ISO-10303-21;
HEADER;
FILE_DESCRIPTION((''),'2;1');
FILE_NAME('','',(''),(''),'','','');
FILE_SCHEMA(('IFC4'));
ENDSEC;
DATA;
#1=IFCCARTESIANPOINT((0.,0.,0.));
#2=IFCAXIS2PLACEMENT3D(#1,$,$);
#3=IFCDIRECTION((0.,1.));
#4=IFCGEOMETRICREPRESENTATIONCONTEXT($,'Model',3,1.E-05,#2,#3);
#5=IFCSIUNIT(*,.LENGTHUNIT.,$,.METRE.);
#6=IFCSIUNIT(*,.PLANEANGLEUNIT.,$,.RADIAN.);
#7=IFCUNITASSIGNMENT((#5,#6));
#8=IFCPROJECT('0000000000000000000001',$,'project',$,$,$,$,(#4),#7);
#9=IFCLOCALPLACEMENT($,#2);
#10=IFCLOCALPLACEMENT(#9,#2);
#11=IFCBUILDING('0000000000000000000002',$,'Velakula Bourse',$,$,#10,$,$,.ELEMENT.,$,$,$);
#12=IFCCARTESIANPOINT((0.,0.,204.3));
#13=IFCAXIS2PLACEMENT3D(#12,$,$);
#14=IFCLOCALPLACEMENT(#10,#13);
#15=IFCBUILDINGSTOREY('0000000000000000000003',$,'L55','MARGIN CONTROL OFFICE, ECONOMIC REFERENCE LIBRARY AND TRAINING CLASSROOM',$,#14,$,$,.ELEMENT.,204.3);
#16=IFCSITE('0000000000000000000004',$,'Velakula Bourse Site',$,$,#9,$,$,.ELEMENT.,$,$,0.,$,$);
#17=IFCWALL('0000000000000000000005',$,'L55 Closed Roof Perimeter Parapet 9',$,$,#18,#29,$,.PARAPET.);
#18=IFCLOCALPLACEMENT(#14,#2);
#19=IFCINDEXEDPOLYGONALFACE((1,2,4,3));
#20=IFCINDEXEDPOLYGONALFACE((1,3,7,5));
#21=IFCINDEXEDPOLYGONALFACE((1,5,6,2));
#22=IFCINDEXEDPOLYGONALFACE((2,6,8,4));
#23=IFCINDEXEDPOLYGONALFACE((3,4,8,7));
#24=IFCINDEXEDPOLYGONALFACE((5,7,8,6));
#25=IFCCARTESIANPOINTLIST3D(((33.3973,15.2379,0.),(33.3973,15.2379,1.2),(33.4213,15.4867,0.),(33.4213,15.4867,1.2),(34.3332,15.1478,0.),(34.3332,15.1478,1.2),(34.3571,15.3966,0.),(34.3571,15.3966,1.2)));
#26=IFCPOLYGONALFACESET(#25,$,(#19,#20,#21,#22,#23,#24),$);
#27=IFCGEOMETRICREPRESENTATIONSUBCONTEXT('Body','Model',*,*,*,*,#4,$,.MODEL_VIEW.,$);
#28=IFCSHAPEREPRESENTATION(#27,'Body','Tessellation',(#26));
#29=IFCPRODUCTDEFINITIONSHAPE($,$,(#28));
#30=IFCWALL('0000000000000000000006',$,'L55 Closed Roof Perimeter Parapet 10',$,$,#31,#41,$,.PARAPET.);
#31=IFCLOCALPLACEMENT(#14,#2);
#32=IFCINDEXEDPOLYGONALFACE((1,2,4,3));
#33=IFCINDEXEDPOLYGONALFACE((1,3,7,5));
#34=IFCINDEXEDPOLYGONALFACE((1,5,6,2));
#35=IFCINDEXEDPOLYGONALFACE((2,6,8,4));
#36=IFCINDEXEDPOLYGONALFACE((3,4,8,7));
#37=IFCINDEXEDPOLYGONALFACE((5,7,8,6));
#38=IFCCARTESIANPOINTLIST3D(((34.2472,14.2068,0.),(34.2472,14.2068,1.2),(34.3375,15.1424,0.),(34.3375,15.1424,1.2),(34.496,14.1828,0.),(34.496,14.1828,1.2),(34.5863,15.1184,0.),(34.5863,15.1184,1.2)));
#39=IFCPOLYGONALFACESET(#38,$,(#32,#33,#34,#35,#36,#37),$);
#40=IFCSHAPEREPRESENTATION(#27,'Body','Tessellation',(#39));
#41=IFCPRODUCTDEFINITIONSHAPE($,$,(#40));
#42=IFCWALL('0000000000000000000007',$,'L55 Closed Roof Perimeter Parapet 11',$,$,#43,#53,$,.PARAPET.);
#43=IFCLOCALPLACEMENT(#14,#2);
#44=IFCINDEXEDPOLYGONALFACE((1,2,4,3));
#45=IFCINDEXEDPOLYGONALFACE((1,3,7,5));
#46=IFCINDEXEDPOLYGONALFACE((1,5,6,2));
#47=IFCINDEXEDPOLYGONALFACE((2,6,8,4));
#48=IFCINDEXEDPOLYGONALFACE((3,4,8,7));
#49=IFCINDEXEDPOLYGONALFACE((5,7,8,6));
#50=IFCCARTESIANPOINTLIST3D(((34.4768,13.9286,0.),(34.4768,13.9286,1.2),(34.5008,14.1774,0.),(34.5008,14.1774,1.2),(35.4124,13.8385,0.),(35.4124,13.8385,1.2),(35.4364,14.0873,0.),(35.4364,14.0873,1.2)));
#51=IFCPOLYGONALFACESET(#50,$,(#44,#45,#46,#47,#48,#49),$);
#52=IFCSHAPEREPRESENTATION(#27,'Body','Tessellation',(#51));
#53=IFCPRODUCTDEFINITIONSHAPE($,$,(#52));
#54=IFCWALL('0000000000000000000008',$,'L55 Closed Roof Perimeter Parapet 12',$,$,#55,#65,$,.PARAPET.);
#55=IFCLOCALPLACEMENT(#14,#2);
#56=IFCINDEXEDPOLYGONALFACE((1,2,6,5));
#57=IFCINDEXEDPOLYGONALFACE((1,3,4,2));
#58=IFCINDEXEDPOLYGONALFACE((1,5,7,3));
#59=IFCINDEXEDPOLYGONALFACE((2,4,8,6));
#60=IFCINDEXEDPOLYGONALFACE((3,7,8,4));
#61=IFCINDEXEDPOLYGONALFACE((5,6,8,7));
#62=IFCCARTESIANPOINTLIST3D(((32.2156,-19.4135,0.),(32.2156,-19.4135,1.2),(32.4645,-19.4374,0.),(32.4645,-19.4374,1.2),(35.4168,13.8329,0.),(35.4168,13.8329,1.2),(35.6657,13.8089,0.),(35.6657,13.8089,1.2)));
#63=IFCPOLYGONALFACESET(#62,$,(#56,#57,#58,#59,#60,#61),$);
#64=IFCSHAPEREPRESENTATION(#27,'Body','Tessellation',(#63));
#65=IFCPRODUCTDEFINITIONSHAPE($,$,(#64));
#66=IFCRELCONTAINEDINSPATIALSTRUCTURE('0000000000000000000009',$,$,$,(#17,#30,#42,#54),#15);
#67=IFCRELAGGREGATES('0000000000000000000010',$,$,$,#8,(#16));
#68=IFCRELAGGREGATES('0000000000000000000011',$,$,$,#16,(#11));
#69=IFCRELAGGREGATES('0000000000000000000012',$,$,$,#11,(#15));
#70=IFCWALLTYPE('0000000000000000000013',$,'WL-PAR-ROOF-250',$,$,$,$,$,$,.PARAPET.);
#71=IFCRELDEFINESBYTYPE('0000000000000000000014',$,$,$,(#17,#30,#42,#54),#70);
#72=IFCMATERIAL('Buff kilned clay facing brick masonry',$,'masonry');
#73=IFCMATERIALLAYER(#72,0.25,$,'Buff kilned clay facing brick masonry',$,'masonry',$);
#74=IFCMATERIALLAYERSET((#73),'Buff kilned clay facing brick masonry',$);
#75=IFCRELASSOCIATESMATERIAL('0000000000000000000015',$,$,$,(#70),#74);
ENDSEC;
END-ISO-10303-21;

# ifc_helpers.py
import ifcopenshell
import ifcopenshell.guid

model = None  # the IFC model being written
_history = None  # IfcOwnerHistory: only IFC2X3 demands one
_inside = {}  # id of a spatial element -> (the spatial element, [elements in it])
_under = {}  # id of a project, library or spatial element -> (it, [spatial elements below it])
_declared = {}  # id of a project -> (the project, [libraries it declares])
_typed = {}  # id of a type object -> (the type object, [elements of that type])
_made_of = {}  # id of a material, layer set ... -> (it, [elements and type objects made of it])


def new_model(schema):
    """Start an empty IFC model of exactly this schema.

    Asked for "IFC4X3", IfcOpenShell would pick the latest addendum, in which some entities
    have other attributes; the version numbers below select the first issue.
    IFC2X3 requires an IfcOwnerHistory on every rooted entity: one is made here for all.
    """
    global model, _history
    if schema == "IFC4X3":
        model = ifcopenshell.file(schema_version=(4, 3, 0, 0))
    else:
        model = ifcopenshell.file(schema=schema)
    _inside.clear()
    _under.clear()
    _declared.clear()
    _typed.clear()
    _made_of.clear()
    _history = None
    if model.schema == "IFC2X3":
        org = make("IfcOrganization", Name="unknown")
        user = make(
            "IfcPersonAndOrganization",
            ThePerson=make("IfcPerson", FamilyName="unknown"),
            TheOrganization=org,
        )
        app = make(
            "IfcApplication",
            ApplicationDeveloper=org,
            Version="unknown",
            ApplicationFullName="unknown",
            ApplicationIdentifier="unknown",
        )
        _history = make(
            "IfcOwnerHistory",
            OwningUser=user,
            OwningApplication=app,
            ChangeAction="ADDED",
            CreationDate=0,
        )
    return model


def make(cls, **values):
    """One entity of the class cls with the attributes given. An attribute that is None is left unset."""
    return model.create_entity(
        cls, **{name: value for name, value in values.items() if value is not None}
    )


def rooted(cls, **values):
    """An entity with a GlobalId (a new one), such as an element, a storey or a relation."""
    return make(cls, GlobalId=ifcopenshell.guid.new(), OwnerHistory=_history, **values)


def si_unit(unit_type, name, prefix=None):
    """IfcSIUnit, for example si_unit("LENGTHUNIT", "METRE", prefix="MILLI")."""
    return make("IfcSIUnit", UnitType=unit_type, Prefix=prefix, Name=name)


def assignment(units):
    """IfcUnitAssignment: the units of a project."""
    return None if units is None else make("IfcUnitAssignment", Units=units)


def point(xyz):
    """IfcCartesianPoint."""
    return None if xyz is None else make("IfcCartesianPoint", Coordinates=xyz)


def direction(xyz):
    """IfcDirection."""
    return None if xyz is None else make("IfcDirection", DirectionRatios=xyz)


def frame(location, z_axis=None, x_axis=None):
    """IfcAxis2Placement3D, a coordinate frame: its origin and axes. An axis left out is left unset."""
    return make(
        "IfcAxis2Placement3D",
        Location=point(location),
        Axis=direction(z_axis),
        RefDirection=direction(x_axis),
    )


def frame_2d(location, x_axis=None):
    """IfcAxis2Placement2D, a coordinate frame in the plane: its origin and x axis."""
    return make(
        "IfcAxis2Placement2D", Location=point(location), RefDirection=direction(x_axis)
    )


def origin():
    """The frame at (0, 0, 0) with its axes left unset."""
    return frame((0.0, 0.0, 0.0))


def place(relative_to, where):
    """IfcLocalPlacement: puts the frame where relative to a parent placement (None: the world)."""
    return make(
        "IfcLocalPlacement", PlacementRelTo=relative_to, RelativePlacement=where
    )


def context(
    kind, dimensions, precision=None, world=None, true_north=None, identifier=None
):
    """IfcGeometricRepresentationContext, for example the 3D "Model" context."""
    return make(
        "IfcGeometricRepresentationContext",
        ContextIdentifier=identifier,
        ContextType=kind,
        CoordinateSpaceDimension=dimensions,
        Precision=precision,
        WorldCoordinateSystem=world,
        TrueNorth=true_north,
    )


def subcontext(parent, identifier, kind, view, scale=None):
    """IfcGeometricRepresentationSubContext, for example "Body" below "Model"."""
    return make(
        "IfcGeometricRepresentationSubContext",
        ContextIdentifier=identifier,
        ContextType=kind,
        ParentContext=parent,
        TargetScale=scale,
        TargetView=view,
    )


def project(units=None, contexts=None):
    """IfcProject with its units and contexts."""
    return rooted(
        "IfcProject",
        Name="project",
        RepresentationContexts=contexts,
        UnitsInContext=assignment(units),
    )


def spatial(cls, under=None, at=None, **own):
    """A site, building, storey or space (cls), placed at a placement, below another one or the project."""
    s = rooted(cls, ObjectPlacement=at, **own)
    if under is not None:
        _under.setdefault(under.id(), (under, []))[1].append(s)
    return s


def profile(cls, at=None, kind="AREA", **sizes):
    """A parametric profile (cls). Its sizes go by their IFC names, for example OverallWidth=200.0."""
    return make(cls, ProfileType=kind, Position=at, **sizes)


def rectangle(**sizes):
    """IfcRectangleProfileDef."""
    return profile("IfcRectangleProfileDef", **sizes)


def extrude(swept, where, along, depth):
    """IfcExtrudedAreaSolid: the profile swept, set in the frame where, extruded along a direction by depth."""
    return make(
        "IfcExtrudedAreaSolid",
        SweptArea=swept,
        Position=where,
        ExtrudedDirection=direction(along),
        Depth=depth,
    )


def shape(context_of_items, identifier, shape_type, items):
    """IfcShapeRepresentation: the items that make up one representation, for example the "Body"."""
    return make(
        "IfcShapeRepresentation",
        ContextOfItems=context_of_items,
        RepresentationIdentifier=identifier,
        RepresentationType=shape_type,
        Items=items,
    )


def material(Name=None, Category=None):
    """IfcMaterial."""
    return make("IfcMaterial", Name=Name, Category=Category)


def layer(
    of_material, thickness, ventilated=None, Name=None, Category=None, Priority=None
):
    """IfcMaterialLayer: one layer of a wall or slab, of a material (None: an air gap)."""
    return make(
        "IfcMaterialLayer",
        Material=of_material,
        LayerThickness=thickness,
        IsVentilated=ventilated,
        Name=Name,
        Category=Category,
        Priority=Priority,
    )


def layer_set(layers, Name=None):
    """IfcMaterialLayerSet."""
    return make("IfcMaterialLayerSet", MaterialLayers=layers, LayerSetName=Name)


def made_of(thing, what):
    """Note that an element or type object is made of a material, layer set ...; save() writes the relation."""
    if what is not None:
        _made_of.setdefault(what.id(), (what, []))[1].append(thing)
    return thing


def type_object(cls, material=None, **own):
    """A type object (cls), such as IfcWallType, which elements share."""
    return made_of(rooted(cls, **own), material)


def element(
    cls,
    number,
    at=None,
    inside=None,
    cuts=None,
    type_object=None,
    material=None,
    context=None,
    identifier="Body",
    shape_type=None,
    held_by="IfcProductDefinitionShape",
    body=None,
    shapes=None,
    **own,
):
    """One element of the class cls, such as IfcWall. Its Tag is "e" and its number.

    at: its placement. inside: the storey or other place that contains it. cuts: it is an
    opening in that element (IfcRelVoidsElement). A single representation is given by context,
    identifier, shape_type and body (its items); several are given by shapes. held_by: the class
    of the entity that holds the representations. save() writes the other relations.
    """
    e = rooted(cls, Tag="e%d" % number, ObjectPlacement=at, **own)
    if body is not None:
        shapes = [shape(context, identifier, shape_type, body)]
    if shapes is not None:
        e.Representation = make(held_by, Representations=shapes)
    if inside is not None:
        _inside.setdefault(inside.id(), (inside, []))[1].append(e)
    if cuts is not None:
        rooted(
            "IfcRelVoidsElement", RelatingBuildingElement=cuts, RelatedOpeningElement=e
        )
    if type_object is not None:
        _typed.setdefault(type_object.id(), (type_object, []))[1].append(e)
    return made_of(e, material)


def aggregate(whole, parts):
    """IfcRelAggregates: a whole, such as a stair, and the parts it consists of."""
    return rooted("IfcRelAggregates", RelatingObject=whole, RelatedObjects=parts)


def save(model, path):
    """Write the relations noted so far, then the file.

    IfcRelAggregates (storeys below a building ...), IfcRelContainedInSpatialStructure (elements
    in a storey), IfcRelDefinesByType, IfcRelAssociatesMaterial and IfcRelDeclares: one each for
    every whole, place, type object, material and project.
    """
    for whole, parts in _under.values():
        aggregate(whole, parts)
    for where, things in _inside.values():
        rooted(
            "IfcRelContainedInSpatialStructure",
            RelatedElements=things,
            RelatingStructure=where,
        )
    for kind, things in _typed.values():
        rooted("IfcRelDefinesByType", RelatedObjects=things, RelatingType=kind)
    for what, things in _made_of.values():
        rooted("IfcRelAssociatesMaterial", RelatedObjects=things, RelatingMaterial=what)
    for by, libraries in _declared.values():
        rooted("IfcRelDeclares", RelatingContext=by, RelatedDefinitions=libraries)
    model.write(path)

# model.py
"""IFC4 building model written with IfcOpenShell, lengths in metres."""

from ifc_helpers import new_model, si_unit, direction, frame, frame_2d, origin, place, context, subcontext, project, spatial, rectangle, extrude, material, layer, layer_set, type_object, element, save


model = new_model("IFC4")

# Units and contexts
model_context = context("Model", 3, precision=1e-05, world=origin(), true_north=direction((0.0, 1.0)))
body_context = subcontext(model_context, "Body", "Model", "MODEL_VIEW")
ifc_project = project(units=[si_unit("LENGTHUNIT", "METRE"), si_unit("PLANEANGLEUNIT", "RADIAN")], contexts=[model_context])

# Site, building, storey
site_placement = place(None, origin())
site = spatial("IfcSite", under=ifc_project, at=site_placement, Name="Velakula Bourse Site", CompositionType="ELEMENT", RefElevation=0.0)
building_placement = place(site_placement, origin())
building = spatial("IfcBuilding", under=site, at=building_placement, Name="Velakula Bourse", CompositionType="ELEMENT")
storey_placement = place(building_placement, frame((0.0, 0.0, 204.3)))
storey = spatial("IfcBuildingStorey", under=building, at=storey_placement, Name="L55", Description="MARGIN CONTROL OFFICE, ECONOMIC REFERENCE LIBRARY AND TRAINING CLASSROOM", CompositionType="ELEMENT", Elevation=204.3)

# Shared definitions
ifc_material_1 = material(Name="Buff kilned clay facing brick masonry", Category="masonry")

# Walls
ifc_layer_1 = layer(ifc_material_1, 0.25, Name="Buff kilned clay facing brick masonry", Category="masonry")
ifc_layer_set_1 = layer_set([ifc_layer_1], Name="Buff kilned clay facing brick masonry")
wall_type_1 = type_object("IfcWallType", Name="WL-PAR-ROOF-250", PredefinedType="PARAPET", material=ifc_layer_set_1)
wall_1_placement = place(storey_placement, frame((33.4092, 15.3623, 0.0), z_axis=(0.0, 0.0, 1.0), x_axis=(0.995398, -0.095826, 0.0)))
element("IfcWall", 1, at=wall_1_placement, inside=storey, type_object=wall_type_1, Name="L55 Closed Roof Perimeter Parapet 9", PredefinedType="PARAPET", context=body_context, shape_type="SweptSolid", body=[
    extrude(rectangle(XDim=0.9402, YDim=0.25, at=frame_2d((0.4702, 0.0))), origin(), (0.0, 0.0, 1.0), 1.2),
])
for number, where, z_axis, x_axis, name in (
    (2, (34.4619, 15.1304, 0.0), (0.0, 0.0, 1.0), (-0.096108, -0.995371, 0.0), "L55 Closed Roof Perimeter Parapet 10"),
    (3, (34.4888, 14.053, 0.0), (0.0, 0.0, 1.0), (0.995396, -0.095851, 0.0), "L55 Closed Roof Perimeter Parapet 11"),
):
    element("IfcWall", number, at=place(storey_placement, frame(where, z_axis=z_axis, x_axis=x_axis)), inside=storey, type_object=wall_type_1, Name=name, PredefinedType="PARAPET", context=body_context, shape_type="SweptSolid", body=[
        extrude(rectangle(XDim=0.9399, YDim=0.25, at=frame_2d((0.47, 0.0))), origin(), (0.0, 0.0, 1.0), 1.2),
    ])
wall_2_placement = place(storey_placement, frame((35.5413, 13.821, 0.0), z_axis=(0.0, 0.0, 1.0), x_axis=(-0.095843, -0.995396, 0.0)))
element("IfcWall", 4, at=wall_2_placement, inside=storey, type_object=wall_type_1, Name="L55 Closed Roof Perimeter Parapet 12", PredefinedType="PARAPET", context=body_context, shape_type="SweptSolid", body=[
    extrude(rectangle(XDim=33.4001, YDim=0.25, at=frame_2d((16.7002, 0.0))), origin(), (0.0, 0.0, 1.0), 1.2),
])

save(model, "model.ifc")
